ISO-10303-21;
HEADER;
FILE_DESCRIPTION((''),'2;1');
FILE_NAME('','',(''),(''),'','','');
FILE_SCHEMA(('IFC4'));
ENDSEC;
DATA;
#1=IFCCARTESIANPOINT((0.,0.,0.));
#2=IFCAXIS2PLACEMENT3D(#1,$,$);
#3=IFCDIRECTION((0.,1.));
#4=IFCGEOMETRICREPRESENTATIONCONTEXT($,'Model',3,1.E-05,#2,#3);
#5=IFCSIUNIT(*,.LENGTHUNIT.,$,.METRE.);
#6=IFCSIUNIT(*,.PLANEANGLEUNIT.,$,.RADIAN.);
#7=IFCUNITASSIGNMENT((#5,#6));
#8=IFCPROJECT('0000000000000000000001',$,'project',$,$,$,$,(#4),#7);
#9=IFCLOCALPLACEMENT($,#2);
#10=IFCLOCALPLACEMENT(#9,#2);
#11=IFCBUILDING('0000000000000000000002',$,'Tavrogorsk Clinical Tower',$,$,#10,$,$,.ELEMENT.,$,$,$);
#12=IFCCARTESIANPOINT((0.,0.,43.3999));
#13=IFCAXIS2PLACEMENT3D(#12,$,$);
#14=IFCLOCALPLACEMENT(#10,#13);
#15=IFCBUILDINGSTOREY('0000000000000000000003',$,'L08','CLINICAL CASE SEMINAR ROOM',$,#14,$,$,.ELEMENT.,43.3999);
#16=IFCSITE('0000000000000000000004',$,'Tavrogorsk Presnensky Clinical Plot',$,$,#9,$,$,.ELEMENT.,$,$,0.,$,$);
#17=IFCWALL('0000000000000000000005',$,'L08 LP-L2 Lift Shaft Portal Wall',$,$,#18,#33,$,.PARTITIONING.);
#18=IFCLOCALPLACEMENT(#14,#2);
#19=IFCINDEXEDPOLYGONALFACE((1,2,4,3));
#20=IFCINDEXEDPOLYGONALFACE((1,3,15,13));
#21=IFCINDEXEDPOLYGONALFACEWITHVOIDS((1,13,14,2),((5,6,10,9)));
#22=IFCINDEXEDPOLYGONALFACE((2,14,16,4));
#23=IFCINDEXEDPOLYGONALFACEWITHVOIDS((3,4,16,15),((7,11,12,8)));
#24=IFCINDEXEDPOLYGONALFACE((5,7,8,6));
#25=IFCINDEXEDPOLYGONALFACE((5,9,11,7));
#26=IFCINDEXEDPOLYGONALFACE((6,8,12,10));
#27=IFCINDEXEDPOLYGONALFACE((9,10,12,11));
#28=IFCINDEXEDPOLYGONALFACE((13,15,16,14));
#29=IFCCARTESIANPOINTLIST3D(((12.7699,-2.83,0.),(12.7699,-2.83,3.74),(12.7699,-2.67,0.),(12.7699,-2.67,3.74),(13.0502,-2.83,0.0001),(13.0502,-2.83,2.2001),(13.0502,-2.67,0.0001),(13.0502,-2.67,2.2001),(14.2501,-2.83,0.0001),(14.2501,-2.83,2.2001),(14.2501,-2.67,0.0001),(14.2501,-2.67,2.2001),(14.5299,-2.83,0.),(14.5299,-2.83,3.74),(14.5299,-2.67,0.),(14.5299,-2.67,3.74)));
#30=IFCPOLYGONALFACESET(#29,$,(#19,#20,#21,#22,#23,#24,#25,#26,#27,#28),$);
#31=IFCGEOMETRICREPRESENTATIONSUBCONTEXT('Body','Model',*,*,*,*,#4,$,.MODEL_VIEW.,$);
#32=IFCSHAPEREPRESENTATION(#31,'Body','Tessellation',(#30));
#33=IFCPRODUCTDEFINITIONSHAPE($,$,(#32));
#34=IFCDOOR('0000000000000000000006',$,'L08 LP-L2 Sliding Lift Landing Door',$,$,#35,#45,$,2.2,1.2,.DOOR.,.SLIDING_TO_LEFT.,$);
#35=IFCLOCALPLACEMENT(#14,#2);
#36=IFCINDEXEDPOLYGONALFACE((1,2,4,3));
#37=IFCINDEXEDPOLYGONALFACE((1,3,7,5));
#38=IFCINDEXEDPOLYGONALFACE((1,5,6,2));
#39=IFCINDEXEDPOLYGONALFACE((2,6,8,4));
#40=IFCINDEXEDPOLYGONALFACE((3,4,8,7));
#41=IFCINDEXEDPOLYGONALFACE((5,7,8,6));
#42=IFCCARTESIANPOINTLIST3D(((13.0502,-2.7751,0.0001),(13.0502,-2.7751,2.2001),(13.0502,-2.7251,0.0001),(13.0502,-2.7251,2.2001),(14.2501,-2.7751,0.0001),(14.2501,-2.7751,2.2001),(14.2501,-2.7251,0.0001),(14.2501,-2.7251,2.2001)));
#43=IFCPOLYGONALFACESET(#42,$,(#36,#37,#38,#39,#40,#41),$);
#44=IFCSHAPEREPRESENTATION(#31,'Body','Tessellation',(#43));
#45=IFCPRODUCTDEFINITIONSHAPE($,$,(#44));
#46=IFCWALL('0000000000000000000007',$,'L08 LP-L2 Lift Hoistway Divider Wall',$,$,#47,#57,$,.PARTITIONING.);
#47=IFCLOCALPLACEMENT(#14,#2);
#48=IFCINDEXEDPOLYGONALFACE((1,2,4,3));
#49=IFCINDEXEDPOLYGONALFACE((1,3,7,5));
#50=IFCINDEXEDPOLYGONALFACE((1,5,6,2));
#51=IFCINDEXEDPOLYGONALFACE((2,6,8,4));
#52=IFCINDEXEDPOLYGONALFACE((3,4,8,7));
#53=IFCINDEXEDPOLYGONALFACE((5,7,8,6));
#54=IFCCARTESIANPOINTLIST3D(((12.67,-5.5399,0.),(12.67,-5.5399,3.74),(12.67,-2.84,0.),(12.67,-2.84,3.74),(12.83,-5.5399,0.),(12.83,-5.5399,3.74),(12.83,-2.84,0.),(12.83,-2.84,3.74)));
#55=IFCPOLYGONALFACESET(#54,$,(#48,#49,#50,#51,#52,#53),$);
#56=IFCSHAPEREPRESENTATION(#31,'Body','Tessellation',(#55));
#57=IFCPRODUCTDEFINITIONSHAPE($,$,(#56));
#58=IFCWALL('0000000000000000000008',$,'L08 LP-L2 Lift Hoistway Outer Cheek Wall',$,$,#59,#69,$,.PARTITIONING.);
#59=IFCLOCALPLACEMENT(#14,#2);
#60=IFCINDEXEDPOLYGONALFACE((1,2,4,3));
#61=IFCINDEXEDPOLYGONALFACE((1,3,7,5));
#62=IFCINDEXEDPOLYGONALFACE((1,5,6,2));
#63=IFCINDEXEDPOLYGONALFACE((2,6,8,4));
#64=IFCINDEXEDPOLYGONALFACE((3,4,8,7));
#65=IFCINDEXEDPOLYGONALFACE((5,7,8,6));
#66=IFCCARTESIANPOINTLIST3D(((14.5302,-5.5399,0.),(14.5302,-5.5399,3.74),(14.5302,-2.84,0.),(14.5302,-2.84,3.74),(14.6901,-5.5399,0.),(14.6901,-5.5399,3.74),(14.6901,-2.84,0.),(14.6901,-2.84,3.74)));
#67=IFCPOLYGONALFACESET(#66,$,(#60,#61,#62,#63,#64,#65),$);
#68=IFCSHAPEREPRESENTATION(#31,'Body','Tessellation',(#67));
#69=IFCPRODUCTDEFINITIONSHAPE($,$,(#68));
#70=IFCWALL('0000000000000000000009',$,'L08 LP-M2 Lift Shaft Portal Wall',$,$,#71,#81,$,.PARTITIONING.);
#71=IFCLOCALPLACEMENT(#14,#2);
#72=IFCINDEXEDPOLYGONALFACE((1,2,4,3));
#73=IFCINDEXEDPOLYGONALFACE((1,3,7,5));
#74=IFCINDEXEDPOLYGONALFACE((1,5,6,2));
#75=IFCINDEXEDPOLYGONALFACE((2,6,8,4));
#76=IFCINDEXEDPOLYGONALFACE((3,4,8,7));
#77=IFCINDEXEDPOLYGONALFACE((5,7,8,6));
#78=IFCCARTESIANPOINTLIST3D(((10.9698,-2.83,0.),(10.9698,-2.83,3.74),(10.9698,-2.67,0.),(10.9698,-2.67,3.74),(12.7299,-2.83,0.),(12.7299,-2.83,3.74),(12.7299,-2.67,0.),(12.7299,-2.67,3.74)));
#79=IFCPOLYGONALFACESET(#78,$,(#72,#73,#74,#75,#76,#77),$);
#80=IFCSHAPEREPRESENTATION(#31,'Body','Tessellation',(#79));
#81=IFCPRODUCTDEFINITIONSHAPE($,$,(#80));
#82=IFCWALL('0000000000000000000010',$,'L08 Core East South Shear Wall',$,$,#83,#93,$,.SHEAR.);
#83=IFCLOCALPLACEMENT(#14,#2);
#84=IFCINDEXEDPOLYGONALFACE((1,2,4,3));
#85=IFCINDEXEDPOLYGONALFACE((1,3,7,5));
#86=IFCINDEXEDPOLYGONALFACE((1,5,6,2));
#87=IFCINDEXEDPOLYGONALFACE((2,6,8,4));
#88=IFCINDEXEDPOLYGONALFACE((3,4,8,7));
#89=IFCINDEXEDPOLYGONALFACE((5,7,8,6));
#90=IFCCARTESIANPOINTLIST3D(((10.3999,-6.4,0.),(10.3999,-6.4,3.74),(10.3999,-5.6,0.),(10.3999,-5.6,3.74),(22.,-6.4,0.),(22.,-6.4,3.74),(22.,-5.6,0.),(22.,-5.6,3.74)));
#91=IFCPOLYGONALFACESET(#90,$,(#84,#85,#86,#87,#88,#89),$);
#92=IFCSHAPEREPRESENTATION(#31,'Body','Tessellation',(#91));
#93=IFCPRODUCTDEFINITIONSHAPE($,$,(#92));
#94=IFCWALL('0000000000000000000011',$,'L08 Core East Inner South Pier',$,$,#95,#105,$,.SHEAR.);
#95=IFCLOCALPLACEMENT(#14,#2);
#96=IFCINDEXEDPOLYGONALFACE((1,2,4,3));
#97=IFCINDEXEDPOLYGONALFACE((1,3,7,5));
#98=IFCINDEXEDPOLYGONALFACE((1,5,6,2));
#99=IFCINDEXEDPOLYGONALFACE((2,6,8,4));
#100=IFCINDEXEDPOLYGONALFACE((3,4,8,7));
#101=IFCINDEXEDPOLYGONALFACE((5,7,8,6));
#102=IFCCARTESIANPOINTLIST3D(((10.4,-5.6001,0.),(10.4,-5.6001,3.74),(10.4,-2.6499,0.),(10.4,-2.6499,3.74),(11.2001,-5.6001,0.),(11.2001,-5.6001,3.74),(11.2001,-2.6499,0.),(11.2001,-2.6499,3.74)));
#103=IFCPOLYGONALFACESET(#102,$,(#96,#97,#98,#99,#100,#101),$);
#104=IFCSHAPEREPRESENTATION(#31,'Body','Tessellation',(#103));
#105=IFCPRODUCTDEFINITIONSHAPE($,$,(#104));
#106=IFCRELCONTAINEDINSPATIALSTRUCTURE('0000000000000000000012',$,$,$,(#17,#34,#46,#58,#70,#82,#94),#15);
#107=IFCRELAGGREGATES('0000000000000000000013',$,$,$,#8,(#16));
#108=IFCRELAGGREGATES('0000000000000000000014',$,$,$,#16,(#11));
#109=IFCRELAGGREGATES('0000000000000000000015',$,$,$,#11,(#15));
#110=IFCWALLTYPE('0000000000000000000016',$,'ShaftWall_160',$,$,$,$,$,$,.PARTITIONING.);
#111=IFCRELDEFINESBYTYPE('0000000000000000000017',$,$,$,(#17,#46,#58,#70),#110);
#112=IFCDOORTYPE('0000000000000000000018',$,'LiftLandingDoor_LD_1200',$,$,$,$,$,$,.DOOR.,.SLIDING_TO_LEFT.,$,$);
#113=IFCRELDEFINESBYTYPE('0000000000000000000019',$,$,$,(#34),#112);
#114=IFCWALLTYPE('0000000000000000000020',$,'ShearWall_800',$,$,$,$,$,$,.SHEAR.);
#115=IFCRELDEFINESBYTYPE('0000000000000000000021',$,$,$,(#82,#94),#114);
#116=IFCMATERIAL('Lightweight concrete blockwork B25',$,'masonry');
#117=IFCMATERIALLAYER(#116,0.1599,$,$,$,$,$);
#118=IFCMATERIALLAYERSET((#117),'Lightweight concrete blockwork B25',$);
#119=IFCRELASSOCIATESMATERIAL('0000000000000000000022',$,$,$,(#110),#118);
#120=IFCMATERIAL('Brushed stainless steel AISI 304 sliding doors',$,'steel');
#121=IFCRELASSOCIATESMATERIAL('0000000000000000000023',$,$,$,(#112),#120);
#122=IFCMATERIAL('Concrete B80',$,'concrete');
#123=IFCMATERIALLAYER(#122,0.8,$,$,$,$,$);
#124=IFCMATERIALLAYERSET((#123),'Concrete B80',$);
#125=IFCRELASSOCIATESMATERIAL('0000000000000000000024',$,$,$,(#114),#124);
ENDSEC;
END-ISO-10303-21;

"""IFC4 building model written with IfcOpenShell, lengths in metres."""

from ifc_helpers import new_model, si_unit, direction, frame, frame_2d, origin, place, context, subcontext, project, spatial, rectangle, extrude, material, layer, layer_set, type_object, element, fill, save


model = new_model("IFC4")

# Units and contexts
model_context = context("Model", 3, precision=1e-05, world=origin(), true_north=direction((0.0, 1.0)))
body_context = subcontext(model_context, "Body", "Model", "MODEL_VIEW")
ifc_project = project(units=[si_unit("LENGTHUNIT", "METRE"), si_unit("PLANEANGLEUNIT", "RADIAN")], contexts=[model_context])

# Site, building, storey
site_placement = place(None, origin())
site = spatial("IfcSite", under=ifc_project, at=site_placement, Name="Tavrogorsk Presnensky Clinical Plot", CompositionType="ELEMENT", RefElevation=0.0)
building_placement = place(site_placement, origin())
building = spatial("IfcBuilding", under=site, at=building_placement, Name="Tavrogorsk Clinical Tower", CompositionType="ELEMENT")
storey_placement = place(building_placement, frame((0.0, 0.0, 43.3999)))
storey = spatial("IfcBuildingStorey", under=building, at=storey_placement, Name="L08", Description="CLINICAL CASE SEMINAR ROOM", CompositionType="ELEMENT", Elevation=43.3999)

# Wall, opening, door
ifc_material_1 = material(Name="Lightweight concrete blockwork B25", Category="masonry")
ifc_layer_1 = layer(ifc_material_1, 0.1599)
ifc_layer_set_1 = layer_set([ifc_layer_1], Name="Lightweight concrete blockwork B25")
wall_type_1 = type_object("IfcWallType", Name="ShaftWall_160", PredefinedType="PARTITIONING", material=ifc_layer_set_1)
wall_1_placement = place(storey_placement, frame((12.77, -2.75, 0.0), z_axis=(0.0, 0.0, 1.0), x_axis=(1.0, 0.0, 0.0)))
wall_1 = element("IfcWall", 1, at=wall_1_placement, inside=storey, type_object=wall_type_1, Name="L08 LP-L2 Lift Shaft Portal Wall", PredefinedType="PARTITIONING", context=body_context, shape_type="SweptSolid", body=[
    extrude(rectangle(XDim=1.76, YDim=0.1599, at=frame_2d((0.8799, 0.0))), origin(), (0.0, 0.0, 1.0), 3.74),
])
opening_1_placement = place(wall_1_placement, frame((0.28, 0.0, 0.0)))
opening_1 = element("IfcOpeningElement", 2, at=opening_1_placement, cuts=wall_1, PredefinedType="OPENING", context=body_context, shape_type="SweptSolid", body=[
    extrude(rectangle(XDim=1.2, YDim=2.2, at=frame_2d((0.6001, 1.1001))), frame((0.0, 0.0898, 0.0), z_axis=(0.0, -1.0, 0.0), x_axis=(1.0, 0.0, 0.0)), (0.0, 0.0, 1.0), 0.1799),
])
ifc_material_2 = material(Name="Brushed stainless steel AISI 304 sliding doors", Category="steel")
door_type_1 = type_object("IfcDoorType", Name="LiftLandingDoor_LD_1200", OperationType="SLIDING_TO_LEFT", PredefinedType="DOOR", material=ifc_material_2)
door_1_placement = place(opening_1_placement, origin())
door_1 = element("IfcDoor", 3, at=door_1_placement, inside=storey, type_object=door_type_1, Name="L08 LP-L2 Sliding Lift Landing Door", OperationType="SLIDING_TO_LEFT", OverallHeight=2.2, OverallWidth=1.2, PredefinedType="DOOR", context=body_context, shape_type="SweptSolid", body=[
    extrude(rectangle(XDim=1.2, YDim=2.2, at=frame_2d((0.6001, 1.1001))), frame((0.0, 0.0249, 0.0), z_axis=(0.0, -1.0, 0.0), x_axis=(1.0, 0.0, 0.0)), (0.0, 0.0, 1.0), 0.05),
])
fill(opening_1, door_1)

# Walls
for number, where, z_axis, x_axis, name in (
    (4, (12.75, -5.54, 0.0), (0.0, 0.0, 1.0), (0.0, 1.0, 0.0), "L08 LP-L2 Lift Hoistway Divider Wall"),
    (5, (14.6101, -5.54, 0.0), (0.0, 0.0, 1.0), (0.0, 1.0, 0.0), "L08 LP-L2 Lift Hoistway Outer Cheek Wall"),
):
    element("IfcWall", number, at=place(storey_placement, frame(where, z_axis=z_axis, x_axis=x_axis)), inside=storey, type_object=wall_type_1, Name=name, PredefinedType="PARTITIONING", context=body_context, shape_type="SweptSolid", body=[
        extrude(rectangle(XDim=2.7, YDim=0.1599, at=frame_2d((1.3501, 0.0))), origin(), (0.0, 0.0, 1.0), 3.74),
    ])
wall_2_placement = place(storey_placement, frame((10.97, -2.75, 0.0), z_axis=(0.0, 0.0, 1.0), x_axis=(1.0, 0.0, 0.0)))
element("IfcWall", 6, at=wall_2_placement, inside=storey, type_object=wall_type_1, Name="L08 LP-M2 Lift Shaft Portal Wall", PredefinedType="PARTITIONING", context=body_context, shape_type="SweptSolid", body=[
    extrude(rectangle(XDim=1.76, YDim=0.1599, at=frame_2d((0.8799, 0.0))), origin(), (0.0, 0.0, 1.0), 3.74),
])
ifc_material_3 = material(Name="Concrete B80", Category="concrete")
ifc_layer_2 = layer(ifc_material_3, 0.8)
ifc_layer_set_2 = layer_set([ifc_layer_2], Name="Concrete B80")
wall_type_2 = type_object("IfcWallType", Name="ShearWall_800", PredefinedType="SHEAR", material=ifc_layer_set_2)
wall_3_placement = place(storey_placement, frame((10.3999, -6.0, 0.0), z_axis=(0.0, 0.0, 1.0), x_axis=(1.0, 0.0, 0.0)))
element("IfcWall", 7, at=wall_3_placement, inside=storey, type_object=wall_type_2, Name="L08 Core East South Shear Wall", PredefinedType="SHEAR", context=body_context, shape_type="SweptSolid", body=[
    extrude(rectangle(XDim=11.6001, YDim=0.8, at=frame_2d((5.8, 0.0))), origin(), (0.0, 0.0, 1.0), 3.74),
])
wall_4_placement = place(storey_placement, frame((10.8, -5.6001, 0.0), z_axis=(0.0, 0.0, 1.0), x_axis=(0.0, 1.0, 0.0)))
element("IfcWall", 8, at=wall_4_placement, inside=storey, type_object=wall_type_2, Name="L08 Core East Inner South Pier", PredefinedType="SHEAR", context=body_context, shape_type="SweptSolid", body=[
    extrude(rectangle(XDim=2.9502, YDim=0.8, at=frame_2d((1.4751, 0.0))), origin(), (0.0, 0.0, 1.0), 3.74),
])

save(model, "model.ifc")
